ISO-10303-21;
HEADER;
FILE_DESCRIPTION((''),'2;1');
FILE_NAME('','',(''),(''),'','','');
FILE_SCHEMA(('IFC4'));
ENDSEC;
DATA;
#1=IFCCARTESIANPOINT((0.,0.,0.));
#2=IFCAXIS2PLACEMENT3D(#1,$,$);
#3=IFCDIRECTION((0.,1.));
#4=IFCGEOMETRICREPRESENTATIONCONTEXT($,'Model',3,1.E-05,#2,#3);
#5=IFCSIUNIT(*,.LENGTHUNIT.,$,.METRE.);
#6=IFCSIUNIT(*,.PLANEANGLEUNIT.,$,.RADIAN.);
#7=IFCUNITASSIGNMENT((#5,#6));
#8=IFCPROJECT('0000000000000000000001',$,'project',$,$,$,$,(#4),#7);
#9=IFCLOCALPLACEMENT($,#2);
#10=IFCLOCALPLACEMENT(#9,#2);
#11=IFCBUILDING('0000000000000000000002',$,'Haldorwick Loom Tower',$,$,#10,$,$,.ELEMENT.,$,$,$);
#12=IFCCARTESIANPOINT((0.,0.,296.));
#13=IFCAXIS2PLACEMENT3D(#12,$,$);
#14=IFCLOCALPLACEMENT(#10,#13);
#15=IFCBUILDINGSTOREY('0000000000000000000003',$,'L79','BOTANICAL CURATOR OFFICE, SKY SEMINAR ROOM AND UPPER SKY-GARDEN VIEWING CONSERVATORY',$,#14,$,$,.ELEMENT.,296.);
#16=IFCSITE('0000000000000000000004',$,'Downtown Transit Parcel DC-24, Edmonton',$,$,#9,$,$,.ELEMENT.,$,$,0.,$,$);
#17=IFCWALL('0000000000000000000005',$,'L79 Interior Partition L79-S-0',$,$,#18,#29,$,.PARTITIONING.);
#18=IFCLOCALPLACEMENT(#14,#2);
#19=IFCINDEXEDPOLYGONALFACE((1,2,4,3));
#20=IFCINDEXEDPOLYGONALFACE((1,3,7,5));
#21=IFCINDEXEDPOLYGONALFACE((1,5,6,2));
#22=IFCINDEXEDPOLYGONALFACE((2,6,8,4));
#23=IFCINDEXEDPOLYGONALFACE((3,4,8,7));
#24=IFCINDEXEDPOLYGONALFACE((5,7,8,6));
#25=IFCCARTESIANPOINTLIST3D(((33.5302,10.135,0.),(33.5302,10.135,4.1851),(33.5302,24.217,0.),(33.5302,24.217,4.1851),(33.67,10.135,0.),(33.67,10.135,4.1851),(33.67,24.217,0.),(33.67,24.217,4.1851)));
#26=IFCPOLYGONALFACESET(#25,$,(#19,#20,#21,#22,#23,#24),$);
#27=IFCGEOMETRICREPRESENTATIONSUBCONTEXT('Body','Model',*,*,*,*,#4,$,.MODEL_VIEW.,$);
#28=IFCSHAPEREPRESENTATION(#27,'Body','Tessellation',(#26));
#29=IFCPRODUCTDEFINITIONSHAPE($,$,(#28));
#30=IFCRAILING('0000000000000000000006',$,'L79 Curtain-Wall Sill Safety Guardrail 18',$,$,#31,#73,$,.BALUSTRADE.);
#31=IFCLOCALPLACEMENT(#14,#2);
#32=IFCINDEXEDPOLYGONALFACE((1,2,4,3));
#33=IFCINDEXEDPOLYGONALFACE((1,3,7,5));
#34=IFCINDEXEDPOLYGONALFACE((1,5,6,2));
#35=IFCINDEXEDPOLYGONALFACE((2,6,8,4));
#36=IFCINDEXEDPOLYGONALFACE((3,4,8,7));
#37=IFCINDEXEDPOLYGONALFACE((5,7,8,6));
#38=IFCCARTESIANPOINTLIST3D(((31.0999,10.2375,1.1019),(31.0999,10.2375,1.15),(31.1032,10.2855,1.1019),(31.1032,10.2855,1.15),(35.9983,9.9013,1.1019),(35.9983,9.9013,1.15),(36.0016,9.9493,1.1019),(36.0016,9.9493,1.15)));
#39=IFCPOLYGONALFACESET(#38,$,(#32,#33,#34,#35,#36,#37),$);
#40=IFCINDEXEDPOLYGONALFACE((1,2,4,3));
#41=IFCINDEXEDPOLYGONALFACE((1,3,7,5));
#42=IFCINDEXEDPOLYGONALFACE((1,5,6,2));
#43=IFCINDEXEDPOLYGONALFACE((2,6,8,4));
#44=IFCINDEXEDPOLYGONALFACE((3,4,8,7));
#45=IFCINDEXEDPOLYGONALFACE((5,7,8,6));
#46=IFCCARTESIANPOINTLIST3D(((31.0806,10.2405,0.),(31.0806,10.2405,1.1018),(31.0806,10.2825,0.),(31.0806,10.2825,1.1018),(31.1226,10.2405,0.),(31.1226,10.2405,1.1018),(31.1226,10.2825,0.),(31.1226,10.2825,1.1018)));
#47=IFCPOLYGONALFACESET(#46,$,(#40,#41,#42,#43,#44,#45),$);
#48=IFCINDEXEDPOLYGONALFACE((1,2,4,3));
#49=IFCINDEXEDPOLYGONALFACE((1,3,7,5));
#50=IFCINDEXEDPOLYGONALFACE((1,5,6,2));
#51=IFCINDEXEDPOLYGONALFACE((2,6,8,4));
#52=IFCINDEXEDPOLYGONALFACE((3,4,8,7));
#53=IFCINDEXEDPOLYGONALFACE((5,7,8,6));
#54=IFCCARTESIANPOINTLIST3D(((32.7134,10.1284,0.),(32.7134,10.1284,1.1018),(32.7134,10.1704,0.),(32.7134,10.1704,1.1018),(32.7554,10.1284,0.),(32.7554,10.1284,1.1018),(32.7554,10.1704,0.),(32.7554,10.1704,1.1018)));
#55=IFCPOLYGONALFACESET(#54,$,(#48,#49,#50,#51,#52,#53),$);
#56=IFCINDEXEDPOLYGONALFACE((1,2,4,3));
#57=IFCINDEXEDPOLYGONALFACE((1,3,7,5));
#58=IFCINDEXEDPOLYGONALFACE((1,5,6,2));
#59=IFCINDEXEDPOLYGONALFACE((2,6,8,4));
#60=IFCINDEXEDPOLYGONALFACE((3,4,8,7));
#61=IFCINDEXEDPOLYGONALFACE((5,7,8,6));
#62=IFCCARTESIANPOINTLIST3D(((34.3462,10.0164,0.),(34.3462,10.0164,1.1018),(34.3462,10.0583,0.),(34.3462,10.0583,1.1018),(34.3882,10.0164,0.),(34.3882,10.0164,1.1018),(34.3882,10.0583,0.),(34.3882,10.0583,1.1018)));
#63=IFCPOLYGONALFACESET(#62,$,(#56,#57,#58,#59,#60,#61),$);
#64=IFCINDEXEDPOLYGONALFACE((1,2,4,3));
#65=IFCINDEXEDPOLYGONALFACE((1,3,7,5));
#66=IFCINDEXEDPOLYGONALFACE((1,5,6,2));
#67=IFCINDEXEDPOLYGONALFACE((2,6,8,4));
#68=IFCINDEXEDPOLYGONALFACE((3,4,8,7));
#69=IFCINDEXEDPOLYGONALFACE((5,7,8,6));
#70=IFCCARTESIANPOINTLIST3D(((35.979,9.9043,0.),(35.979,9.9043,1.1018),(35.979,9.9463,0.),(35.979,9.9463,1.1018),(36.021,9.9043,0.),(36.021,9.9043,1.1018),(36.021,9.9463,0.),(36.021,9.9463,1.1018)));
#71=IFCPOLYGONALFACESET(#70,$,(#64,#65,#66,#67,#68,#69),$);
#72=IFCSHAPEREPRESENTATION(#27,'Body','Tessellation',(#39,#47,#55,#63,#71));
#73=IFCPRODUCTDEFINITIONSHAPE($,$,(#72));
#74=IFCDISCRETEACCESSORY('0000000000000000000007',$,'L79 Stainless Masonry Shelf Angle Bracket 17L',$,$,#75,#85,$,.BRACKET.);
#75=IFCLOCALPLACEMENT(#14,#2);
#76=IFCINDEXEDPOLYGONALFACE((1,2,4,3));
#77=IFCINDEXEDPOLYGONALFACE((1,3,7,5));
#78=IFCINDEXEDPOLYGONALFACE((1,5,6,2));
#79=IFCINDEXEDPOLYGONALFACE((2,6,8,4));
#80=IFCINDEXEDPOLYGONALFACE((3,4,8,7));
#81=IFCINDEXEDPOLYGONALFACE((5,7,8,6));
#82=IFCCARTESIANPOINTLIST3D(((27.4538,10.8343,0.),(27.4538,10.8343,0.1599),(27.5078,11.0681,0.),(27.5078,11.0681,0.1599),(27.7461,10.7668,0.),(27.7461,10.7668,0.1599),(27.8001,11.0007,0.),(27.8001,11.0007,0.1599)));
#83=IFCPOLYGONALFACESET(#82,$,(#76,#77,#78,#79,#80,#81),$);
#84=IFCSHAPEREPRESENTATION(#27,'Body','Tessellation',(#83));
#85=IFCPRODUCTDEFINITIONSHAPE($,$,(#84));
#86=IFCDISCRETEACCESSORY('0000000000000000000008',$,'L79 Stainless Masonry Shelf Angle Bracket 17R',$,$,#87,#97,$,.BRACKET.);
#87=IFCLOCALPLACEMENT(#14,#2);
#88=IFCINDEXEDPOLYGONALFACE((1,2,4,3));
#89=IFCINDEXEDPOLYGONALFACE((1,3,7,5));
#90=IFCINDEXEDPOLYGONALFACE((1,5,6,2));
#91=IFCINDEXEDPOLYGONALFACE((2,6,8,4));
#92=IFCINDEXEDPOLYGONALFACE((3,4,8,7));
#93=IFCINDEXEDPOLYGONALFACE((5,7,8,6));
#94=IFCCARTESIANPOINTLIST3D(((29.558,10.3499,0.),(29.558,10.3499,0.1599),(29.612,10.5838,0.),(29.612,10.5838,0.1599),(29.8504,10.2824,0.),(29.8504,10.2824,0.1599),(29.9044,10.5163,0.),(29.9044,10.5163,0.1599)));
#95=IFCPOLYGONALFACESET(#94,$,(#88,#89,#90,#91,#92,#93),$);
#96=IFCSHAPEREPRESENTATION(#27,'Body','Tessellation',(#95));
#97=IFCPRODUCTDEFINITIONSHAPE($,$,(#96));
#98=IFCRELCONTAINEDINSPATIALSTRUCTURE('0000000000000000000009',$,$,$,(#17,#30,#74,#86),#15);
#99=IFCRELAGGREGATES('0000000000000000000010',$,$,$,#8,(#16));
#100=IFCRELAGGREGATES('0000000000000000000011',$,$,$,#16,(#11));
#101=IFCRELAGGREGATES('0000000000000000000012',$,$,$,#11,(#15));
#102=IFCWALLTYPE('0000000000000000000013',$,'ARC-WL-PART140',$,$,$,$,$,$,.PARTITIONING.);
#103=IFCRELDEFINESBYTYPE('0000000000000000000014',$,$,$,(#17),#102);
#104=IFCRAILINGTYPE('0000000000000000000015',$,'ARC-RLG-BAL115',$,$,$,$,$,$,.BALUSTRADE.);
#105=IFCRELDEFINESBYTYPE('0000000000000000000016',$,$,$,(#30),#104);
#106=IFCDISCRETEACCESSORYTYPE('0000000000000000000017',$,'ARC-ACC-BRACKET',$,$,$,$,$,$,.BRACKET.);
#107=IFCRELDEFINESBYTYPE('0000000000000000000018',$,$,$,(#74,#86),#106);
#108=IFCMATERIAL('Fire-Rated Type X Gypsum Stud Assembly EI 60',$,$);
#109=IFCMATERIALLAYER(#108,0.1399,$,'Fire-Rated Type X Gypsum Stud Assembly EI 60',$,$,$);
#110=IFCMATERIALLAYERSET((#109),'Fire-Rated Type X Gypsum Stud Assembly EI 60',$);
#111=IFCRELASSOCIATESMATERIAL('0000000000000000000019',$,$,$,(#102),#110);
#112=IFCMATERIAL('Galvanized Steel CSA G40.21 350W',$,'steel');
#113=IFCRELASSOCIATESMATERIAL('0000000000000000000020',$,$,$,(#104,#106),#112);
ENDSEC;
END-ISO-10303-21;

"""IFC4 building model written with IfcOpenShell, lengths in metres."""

from ifc_helpers import new_model, si_unit, direction, frame, frame_2d, origin, origin_2d, place, context, subcontext, project, spatial, rectangle, extrude, material, layer, layer_set, type_object, element, save


model = new_model("IFC4")

# Units and contexts
model_context = context("Model", 3, precision=1e-05, world=origin(), true_north=direction((0.0, 1.0)))
body_context = subcontext(model_context, "Body", "Model", "MODEL_VIEW")
ifc_project = project(units=[si_unit("LENGTHUNIT", "METRE"), si_unit("PLANEANGLEUNIT", "RADIAN")], contexts=[model_context])

# Site, building, storey
site_placement = place(None, origin())
site = spatial("IfcSite", under=ifc_project, at=site_placement, Name="Downtown Transit Parcel DC-24, Edmonton", CompositionType="ELEMENT", RefElevation=0.0)
building_placement = place(site_placement, origin())
building = spatial("IfcBuilding", under=site, at=building_placement, Name="Haldorwick Loom Tower", CompositionType="ELEMENT")
storey_placement = place(building_placement, frame((0.0, 0.0, 296.0)))
storey = spatial("IfcBuildingStorey", under=building, at=storey_placement, Name="L79", Description="BOTANICAL CURATOR OFFICE, SKY SEMINAR ROOM AND UPPER SKY-GARDEN VIEWING CONSERVATORY", CompositionType="ELEMENT", Elevation=296.0)

# Wall
ifc_material_1 = material(Name="Fire-Rated Type X Gypsum Stud Assembly EI 60")
ifc_layer_1 = layer(ifc_material_1, 0.1399, Name="Fire-Rated Type X Gypsum Stud Assembly EI 60")
ifc_layer_set_1 = layer_set([ifc_layer_1], Name="Fire-Rated Type X Gypsum Stud Assembly EI 60")
wall_type_1 = type_object("IfcWallType", Name="ARC-WL-PART140", PredefinedType="PARTITIONING", material=ifc_layer_set_1)
wall_1_placement = place(storey_placement, frame((33.6001, 10.135, 0.0), z_axis=(0.0, 0.0, 1.0), x_axis=(0.0, 1.0, 0.0)))
element("IfcWall", 1, at=wall_1_placement, inside=storey, type_object=wall_type_1, Name="L79 Interior Partition L79-S-0", PredefinedType="PARTITIONING", context=body_context, shape_type="SweptSolid", body=[
    extrude(rectangle(XDim=14.082, YDim=0.1399, at=frame_2d((7.041, 0.0))), origin(), (0.0, 0.0, 1.0), 4.1851),
])

# Railing
ifc_material_2 = material(Name="Galvanized Steel CSA G40.21 350W", Category="steel")
railing_type = type_object("IfcRailingType", Name="ARC-RLG-BAL115", PredefinedType="BALUSTRADE", material=ifc_material_2)
railing_placement = place(storey_placement, frame((31.1016, 10.2615, 0.0)))
element("IfcRailing", 2, at=railing_placement, inside=storey, type_object=railing_type, Name="L79 Curtain-Wall Sill Safety Guardrail 18", PredefinedType="BALUSTRADE", context=body_context, shape_type="SweptSolid", body=[
    extrude(rectangle(XDim=0.0481, YDim=0.0481, at=origin_2d()), frame((0.0, 0.0, 1.126), z_axis=(0.997653, -0.068469, 0.0), x_axis=(0.068469, 0.997653, 0.0)), (0.0, 0.0, 1.0), 4.9099),
    extrude(rectangle(XDim=0.042, YDim=0.042, at=origin_2d()), origin(), (0.0, 0.0, 1.0), 1.1018),
    extrude(rectangle(XDim=0.042, YDim=0.042, at=origin_2d()), frame((1.6328, -0.1121, 0.0)), (0.0, 0.0, 1.0), 1.1018),
    extrude(rectangle(XDim=0.042, YDim=0.042, at=origin_2d()), frame((3.2656, -0.2241, 0.0)), (0.0, 0.0, 1.0), 1.1018),
    extrude(rectangle(XDim=0.042, YDim=0.042, at=origin_2d()), frame((4.8984, -0.3362, 0.0)), (0.0, 0.0, 1.0), 1.1018),
])

# Discrete accessories
discrete_accessory_type = type_object("IfcDiscreteAccessoryType", Name="ARC-ACC-BRACKET", PredefinedType="BRACKET", material=ifc_material_2)
for number, where, z_axis, x_axis, name in (
    (3, (27.627, 10.9175, 0.0), (0.0, 0.0, 1.0), (0.97437, -0.224951, 0.0), "L79 Stainless Masonry Shelf Angle Bracket 17L"),
    (4, (29.7312, 10.4331, 0.0), (0.0, 0.0, 1.0), (0.97437, -0.224951, 0.0), "L79 Stainless Masonry Shelf Angle Bracket 17R"),
):
    element("IfcDiscreteAccessory", number, at=place(storey_placement, frame(where, z_axis=z_axis, x_axis=x_axis)), inside=storey, type_object=discrete_accessory_type, Name=name, PredefinedType="BRACKET", context=body_context, shape_type="SweptSolid", body=[
        extrude(rectangle(XDim=0.3, YDim=0.24, at=origin_2d()), origin(), (0.0, 0.0, 1.0), 0.1599),
    ])

save(model, "model.ifc")
